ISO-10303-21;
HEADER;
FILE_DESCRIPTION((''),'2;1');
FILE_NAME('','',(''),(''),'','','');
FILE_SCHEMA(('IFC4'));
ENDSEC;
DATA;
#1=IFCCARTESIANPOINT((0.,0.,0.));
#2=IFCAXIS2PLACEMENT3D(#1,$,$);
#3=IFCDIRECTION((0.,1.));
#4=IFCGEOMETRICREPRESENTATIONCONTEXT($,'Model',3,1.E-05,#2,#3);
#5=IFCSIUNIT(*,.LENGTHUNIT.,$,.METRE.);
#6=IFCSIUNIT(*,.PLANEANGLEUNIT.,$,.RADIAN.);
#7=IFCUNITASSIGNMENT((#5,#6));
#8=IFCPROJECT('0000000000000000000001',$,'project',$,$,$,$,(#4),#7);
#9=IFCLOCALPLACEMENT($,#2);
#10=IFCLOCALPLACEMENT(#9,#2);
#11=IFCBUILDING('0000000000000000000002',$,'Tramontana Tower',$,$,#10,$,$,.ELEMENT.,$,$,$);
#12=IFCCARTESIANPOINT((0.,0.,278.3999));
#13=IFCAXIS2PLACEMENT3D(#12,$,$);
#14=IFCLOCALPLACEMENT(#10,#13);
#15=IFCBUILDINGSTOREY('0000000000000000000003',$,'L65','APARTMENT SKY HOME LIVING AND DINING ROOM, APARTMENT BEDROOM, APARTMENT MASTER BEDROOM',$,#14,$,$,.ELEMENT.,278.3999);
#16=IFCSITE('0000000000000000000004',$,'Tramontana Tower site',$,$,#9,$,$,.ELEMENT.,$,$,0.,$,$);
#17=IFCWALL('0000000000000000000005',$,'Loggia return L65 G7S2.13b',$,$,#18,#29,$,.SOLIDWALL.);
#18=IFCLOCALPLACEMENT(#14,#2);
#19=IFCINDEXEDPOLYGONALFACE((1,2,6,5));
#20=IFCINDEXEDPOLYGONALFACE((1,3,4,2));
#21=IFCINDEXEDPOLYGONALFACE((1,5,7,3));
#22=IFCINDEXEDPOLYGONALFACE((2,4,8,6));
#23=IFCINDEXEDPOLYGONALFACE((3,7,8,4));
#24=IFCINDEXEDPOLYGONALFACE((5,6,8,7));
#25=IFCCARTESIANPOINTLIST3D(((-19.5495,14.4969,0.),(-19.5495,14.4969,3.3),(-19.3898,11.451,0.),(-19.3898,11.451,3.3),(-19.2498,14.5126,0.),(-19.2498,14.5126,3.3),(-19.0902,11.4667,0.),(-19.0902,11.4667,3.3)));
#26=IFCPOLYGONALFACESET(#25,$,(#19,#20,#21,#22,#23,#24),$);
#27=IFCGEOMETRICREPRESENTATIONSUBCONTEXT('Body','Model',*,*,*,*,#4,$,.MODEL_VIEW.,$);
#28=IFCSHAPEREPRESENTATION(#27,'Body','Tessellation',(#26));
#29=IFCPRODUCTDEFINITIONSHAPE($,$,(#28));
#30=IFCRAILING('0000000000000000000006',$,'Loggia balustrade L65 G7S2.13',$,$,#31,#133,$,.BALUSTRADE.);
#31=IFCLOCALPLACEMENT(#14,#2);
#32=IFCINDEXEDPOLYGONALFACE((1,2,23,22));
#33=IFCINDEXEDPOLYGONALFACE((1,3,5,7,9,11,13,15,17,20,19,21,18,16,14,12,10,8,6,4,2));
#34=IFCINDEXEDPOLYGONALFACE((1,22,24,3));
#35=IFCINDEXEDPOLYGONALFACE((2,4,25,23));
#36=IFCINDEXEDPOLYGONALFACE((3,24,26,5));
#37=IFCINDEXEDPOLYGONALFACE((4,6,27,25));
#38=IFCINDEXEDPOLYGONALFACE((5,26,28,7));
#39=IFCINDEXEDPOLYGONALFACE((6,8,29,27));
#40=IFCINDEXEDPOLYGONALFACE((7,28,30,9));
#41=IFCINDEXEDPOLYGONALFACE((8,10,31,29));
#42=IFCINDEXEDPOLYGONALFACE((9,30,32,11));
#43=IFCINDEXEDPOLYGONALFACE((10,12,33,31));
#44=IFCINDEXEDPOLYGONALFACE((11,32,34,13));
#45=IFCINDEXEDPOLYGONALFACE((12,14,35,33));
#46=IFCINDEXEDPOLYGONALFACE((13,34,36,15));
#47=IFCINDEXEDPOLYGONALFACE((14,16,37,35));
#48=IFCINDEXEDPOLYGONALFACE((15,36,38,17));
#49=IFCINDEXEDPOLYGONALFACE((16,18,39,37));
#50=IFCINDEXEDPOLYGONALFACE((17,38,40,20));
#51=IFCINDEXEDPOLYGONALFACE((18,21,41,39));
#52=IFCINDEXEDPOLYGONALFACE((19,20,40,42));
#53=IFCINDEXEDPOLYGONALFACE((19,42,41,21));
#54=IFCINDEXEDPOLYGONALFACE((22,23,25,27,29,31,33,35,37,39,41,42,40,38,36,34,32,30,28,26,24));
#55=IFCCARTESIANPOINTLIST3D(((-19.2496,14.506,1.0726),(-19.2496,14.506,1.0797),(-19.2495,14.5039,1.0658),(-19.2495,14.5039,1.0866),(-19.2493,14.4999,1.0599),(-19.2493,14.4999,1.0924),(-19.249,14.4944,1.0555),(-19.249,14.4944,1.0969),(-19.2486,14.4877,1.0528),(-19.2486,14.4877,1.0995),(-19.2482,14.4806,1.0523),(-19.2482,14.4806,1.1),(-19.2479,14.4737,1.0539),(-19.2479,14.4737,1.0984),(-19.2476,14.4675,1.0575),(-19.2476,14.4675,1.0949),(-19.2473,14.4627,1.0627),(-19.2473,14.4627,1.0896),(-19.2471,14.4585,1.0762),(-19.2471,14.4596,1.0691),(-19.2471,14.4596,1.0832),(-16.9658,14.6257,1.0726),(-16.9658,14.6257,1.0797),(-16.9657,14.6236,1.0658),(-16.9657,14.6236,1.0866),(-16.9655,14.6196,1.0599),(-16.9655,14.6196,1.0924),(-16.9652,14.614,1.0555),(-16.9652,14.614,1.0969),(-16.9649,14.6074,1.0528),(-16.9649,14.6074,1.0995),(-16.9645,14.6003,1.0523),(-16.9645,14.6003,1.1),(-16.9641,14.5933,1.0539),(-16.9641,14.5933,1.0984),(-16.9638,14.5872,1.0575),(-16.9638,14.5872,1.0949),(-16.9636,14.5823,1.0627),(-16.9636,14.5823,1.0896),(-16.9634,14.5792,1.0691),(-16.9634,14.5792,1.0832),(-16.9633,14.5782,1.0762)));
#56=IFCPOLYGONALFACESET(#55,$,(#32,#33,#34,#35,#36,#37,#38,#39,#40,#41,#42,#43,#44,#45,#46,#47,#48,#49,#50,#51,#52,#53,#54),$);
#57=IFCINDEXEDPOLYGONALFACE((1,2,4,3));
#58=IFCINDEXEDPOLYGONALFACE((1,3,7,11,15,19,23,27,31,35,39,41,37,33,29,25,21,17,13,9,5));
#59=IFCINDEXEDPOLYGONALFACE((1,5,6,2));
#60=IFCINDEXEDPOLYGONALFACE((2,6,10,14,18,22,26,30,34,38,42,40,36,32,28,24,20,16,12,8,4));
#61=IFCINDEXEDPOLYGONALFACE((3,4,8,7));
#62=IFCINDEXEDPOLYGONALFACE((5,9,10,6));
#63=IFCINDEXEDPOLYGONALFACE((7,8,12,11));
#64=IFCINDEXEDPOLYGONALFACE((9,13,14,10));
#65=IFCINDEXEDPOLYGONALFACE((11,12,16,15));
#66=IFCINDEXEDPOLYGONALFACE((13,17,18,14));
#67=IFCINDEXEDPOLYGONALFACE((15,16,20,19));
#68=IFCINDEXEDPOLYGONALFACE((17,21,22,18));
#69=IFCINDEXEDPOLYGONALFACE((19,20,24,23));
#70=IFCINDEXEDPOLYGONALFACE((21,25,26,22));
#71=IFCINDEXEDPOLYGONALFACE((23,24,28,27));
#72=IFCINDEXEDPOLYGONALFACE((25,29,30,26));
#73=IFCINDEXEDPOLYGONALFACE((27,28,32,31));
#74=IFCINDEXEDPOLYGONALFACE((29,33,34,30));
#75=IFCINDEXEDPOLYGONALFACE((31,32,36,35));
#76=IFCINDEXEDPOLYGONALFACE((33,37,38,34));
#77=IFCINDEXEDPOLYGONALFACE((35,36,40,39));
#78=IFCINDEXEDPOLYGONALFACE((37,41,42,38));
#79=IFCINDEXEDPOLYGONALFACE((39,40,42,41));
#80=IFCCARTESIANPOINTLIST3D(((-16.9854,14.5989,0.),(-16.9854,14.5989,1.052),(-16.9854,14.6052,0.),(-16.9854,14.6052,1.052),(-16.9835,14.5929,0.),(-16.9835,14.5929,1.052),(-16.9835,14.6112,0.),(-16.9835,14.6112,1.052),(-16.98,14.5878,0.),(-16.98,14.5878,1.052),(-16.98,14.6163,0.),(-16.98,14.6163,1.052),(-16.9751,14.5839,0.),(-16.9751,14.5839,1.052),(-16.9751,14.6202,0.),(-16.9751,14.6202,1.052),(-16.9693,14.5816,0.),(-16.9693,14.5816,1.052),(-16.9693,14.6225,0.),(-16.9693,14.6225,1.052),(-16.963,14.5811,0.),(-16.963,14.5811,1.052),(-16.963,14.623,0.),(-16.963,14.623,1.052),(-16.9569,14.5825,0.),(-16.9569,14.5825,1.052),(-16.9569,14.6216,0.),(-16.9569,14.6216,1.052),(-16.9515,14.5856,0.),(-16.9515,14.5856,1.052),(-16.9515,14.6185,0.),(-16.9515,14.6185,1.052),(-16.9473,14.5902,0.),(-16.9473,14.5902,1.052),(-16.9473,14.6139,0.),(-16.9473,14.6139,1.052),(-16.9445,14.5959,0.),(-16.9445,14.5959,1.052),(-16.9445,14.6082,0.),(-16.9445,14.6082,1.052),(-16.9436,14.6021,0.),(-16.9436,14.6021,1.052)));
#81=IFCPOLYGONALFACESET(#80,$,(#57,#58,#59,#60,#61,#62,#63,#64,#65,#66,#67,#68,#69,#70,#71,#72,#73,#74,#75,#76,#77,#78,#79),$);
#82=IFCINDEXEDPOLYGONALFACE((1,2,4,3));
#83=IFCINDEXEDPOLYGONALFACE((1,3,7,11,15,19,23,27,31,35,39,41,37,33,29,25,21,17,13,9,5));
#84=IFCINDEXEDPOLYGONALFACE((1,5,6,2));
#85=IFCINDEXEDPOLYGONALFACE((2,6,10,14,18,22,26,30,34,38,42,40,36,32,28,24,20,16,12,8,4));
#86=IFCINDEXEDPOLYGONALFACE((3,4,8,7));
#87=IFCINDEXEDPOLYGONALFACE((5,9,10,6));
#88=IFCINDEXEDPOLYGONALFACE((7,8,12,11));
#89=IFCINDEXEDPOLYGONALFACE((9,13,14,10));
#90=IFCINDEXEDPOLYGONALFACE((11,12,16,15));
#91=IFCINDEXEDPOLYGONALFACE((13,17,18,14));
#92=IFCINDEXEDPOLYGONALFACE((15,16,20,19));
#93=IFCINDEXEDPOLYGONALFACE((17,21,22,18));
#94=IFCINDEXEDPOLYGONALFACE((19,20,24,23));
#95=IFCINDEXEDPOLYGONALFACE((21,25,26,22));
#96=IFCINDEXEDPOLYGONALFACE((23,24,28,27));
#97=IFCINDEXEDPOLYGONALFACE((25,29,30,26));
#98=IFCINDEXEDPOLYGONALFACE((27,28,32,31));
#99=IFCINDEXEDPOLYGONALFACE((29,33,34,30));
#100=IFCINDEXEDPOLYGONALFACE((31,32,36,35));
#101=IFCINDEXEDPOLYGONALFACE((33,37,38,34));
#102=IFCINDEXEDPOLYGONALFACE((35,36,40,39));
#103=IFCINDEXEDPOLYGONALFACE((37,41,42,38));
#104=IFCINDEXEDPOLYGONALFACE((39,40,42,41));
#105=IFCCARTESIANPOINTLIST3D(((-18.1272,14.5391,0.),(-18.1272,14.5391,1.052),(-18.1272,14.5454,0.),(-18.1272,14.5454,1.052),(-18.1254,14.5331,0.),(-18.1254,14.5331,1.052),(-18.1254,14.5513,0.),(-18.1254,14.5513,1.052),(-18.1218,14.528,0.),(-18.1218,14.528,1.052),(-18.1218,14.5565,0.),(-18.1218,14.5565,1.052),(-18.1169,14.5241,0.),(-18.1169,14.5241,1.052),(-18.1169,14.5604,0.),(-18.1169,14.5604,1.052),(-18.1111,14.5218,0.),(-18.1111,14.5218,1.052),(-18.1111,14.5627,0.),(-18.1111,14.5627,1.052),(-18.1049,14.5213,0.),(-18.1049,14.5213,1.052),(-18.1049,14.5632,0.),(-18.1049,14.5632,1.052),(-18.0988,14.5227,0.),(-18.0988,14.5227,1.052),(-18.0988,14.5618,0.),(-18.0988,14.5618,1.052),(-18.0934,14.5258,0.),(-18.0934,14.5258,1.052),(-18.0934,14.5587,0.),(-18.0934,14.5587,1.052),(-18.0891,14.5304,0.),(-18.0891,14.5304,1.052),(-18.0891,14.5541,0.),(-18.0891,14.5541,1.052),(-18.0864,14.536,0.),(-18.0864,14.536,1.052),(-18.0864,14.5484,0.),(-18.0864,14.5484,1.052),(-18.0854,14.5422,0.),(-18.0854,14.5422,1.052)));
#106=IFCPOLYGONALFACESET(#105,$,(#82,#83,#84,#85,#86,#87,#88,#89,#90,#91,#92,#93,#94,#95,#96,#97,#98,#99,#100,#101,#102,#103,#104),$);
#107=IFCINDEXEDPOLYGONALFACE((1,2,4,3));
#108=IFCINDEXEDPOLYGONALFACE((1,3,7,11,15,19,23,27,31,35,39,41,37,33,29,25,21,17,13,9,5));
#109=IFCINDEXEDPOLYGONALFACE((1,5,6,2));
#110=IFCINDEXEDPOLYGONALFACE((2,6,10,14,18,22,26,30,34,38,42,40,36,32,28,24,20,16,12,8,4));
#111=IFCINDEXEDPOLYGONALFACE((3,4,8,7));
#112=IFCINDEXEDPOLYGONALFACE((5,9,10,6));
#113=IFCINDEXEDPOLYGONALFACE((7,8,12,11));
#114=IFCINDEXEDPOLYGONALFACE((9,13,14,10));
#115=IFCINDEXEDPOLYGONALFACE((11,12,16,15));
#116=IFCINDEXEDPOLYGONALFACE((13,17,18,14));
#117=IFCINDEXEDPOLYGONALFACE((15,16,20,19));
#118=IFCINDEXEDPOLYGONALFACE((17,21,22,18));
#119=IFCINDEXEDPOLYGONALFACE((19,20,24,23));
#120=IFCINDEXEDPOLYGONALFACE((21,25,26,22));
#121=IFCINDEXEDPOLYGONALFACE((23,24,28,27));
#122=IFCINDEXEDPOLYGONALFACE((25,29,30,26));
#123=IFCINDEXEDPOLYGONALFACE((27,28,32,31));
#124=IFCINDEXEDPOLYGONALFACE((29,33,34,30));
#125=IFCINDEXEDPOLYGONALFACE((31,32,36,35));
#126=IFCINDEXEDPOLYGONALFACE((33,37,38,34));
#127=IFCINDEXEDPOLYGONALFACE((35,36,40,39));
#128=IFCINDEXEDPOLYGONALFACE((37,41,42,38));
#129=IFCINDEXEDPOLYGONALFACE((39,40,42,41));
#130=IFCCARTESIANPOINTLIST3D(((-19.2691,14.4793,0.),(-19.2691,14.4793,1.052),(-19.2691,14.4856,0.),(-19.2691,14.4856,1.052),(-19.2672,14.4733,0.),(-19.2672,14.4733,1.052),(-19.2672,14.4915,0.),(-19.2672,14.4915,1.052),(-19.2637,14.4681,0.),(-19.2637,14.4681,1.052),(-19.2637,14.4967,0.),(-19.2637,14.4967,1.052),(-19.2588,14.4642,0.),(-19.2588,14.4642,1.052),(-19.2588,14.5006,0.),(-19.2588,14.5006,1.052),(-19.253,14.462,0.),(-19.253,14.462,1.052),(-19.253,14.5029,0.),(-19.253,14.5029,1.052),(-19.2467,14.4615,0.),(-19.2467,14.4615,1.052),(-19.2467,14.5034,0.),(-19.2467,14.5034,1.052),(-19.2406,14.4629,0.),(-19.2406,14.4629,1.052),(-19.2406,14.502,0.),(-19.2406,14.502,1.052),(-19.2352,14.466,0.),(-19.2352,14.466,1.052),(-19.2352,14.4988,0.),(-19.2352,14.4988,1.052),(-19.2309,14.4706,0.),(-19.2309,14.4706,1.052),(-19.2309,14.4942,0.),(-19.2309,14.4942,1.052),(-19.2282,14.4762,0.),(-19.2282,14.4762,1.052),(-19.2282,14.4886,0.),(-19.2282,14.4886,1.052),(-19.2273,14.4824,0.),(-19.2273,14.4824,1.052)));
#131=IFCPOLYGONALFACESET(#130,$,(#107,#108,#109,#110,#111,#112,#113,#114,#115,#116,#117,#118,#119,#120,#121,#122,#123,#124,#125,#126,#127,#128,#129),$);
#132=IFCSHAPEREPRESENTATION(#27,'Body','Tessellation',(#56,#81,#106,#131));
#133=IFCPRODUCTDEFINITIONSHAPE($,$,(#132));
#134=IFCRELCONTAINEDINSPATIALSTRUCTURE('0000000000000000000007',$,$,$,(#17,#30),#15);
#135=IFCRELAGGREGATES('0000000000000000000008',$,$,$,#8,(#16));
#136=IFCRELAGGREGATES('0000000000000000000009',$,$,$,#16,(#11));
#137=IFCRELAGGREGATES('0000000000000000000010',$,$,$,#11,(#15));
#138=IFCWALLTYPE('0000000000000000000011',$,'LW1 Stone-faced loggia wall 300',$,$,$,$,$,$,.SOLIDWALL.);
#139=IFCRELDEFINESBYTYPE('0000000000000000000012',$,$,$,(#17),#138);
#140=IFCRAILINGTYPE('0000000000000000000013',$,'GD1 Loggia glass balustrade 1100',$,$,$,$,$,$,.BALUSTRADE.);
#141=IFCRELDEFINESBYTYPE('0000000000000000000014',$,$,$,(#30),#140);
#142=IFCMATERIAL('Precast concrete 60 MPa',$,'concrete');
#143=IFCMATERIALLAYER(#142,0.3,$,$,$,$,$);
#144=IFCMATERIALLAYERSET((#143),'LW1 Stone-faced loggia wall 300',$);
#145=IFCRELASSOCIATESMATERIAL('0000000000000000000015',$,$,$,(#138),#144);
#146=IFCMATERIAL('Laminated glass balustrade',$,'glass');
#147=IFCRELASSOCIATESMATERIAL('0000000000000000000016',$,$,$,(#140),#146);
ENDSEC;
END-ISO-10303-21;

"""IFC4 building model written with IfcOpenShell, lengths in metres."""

from ifc_helpers import new_model, si_unit, direction, frame, frame_2d, origin, origin_2d, place, context, subcontext, project, spatial, rectangle, circle, extrude, material, layer, layer_set, type_object, element, save


model = new_model("IFC4")

# Units and contexts
model_context = context("Model", 3, precision=1e-05, world=origin(), true_north=direction((0.0, 1.0)))
body_context = subcontext(model_context, "Body", "Model", "MODEL_VIEW")
ifc_project = project(units=[si_unit("LENGTHUNIT", "METRE"), si_unit("PLANEANGLEUNIT", "RADIAN")], contexts=[model_context])

# Site, building, storey
site_placement = place(None, origin())
site = spatial("IfcSite", under=ifc_project, at=site_placement, Name="Tramontana Tower site", CompositionType="ELEMENT", RefElevation=0.0)
building_placement = place(site_placement, origin())
building = spatial("IfcBuilding", under=site, at=building_placement, Name="Tramontana Tower", CompositionType="ELEMENT")
storey_placement = place(building_placement, frame((0.0, 0.0, 278.3999)))
storey = spatial("IfcBuildingStorey", under=building, at=storey_placement, Name="L65", Description="APARTMENT SKY HOME LIVING AND DINING ROOM, APARTMENT BEDROOM, APARTMENT MASTER BEDROOM", CompositionType="ELEMENT", Elevation=278.3999)

# Wall
ifc_material_1 = material(Name="Precast concrete 60 MPa", Category="concrete")
ifc_layer_1 = layer(ifc_material_1, 0.3)
ifc_layer_set_1 = layer_set([ifc_layer_1], Name="LW1 Stone-faced loggia wall 300")
wall_type_1 = type_object("IfcWallType", Name="LW1 Stone-faced loggia wall 300", PredefinedType="SOLIDWALL", material=ifc_layer_set_1)
wall_1_placement = place(storey_placement, frame((-19.3997, 14.5046, 0.0), z_axis=(0.0, 0.0, 1.0), x_axis=(0.052349, -0.998629, 0.0)))
element("IfcWall", 1, at=wall_1_placement, inside=storey, type_object=wall_type_1, Name="Loggia return L65 G7S2.13b", PredefinedType="SOLIDWALL", context=body_context, shape_type="SweptSolid", body=[
    extrude(rectangle(XDim=3.05, YDim=0.3, at=frame_2d((1.5249, 0.0))), origin(), (0.0, 0.0, 1.0), 3.3),
])

# Railing
ifc_material_2 = material(Name="Laminated glass balustrade", Category="glass")
railing_type = type_object("IfcRailingType", Name="GD1 Loggia glass balustrade 1100", PredefinedType="BALUSTRADE", material=ifc_material_2)
railing_1_placement = place(storey_placement, frame((-16.9646, 14.6021, 0.0)))
element("IfcRailing", 2, at=railing_1_placement, inside=storey, type_object=railing_type, Name="Loggia balustrade L65 G7S2.13", PredefinedType="BALUSTRADE", context=body_context, shape_type="SweptSolid", body=[
    extrude(circle(Radius=0.0239, at=origin_2d()), frame((0.0, 0.0, 1.0762), z_axis=(-0.998631, -0.052312, 0.0), x_axis=(0.052312, -0.998631, 0.0)), (0.0, 0.0, 1.0), 2.2869),
    extrude(circle(Radius=0.021, at=origin_2d()), origin(), (0.0, 0.0, 1.0), 1.052),
    extrude(circle(Radius=0.021, at=origin_2d()), frame((-1.1418, -0.0598, 0.0)), (0.0, 0.0, 1.0), 1.052),
    extrude(circle(Radius=0.021, at=origin_2d()), frame((-2.2837, -0.1196, 0.0)), (0.0, 0.0, 1.0), 1.052),
])

save(model, "model.ifc")
